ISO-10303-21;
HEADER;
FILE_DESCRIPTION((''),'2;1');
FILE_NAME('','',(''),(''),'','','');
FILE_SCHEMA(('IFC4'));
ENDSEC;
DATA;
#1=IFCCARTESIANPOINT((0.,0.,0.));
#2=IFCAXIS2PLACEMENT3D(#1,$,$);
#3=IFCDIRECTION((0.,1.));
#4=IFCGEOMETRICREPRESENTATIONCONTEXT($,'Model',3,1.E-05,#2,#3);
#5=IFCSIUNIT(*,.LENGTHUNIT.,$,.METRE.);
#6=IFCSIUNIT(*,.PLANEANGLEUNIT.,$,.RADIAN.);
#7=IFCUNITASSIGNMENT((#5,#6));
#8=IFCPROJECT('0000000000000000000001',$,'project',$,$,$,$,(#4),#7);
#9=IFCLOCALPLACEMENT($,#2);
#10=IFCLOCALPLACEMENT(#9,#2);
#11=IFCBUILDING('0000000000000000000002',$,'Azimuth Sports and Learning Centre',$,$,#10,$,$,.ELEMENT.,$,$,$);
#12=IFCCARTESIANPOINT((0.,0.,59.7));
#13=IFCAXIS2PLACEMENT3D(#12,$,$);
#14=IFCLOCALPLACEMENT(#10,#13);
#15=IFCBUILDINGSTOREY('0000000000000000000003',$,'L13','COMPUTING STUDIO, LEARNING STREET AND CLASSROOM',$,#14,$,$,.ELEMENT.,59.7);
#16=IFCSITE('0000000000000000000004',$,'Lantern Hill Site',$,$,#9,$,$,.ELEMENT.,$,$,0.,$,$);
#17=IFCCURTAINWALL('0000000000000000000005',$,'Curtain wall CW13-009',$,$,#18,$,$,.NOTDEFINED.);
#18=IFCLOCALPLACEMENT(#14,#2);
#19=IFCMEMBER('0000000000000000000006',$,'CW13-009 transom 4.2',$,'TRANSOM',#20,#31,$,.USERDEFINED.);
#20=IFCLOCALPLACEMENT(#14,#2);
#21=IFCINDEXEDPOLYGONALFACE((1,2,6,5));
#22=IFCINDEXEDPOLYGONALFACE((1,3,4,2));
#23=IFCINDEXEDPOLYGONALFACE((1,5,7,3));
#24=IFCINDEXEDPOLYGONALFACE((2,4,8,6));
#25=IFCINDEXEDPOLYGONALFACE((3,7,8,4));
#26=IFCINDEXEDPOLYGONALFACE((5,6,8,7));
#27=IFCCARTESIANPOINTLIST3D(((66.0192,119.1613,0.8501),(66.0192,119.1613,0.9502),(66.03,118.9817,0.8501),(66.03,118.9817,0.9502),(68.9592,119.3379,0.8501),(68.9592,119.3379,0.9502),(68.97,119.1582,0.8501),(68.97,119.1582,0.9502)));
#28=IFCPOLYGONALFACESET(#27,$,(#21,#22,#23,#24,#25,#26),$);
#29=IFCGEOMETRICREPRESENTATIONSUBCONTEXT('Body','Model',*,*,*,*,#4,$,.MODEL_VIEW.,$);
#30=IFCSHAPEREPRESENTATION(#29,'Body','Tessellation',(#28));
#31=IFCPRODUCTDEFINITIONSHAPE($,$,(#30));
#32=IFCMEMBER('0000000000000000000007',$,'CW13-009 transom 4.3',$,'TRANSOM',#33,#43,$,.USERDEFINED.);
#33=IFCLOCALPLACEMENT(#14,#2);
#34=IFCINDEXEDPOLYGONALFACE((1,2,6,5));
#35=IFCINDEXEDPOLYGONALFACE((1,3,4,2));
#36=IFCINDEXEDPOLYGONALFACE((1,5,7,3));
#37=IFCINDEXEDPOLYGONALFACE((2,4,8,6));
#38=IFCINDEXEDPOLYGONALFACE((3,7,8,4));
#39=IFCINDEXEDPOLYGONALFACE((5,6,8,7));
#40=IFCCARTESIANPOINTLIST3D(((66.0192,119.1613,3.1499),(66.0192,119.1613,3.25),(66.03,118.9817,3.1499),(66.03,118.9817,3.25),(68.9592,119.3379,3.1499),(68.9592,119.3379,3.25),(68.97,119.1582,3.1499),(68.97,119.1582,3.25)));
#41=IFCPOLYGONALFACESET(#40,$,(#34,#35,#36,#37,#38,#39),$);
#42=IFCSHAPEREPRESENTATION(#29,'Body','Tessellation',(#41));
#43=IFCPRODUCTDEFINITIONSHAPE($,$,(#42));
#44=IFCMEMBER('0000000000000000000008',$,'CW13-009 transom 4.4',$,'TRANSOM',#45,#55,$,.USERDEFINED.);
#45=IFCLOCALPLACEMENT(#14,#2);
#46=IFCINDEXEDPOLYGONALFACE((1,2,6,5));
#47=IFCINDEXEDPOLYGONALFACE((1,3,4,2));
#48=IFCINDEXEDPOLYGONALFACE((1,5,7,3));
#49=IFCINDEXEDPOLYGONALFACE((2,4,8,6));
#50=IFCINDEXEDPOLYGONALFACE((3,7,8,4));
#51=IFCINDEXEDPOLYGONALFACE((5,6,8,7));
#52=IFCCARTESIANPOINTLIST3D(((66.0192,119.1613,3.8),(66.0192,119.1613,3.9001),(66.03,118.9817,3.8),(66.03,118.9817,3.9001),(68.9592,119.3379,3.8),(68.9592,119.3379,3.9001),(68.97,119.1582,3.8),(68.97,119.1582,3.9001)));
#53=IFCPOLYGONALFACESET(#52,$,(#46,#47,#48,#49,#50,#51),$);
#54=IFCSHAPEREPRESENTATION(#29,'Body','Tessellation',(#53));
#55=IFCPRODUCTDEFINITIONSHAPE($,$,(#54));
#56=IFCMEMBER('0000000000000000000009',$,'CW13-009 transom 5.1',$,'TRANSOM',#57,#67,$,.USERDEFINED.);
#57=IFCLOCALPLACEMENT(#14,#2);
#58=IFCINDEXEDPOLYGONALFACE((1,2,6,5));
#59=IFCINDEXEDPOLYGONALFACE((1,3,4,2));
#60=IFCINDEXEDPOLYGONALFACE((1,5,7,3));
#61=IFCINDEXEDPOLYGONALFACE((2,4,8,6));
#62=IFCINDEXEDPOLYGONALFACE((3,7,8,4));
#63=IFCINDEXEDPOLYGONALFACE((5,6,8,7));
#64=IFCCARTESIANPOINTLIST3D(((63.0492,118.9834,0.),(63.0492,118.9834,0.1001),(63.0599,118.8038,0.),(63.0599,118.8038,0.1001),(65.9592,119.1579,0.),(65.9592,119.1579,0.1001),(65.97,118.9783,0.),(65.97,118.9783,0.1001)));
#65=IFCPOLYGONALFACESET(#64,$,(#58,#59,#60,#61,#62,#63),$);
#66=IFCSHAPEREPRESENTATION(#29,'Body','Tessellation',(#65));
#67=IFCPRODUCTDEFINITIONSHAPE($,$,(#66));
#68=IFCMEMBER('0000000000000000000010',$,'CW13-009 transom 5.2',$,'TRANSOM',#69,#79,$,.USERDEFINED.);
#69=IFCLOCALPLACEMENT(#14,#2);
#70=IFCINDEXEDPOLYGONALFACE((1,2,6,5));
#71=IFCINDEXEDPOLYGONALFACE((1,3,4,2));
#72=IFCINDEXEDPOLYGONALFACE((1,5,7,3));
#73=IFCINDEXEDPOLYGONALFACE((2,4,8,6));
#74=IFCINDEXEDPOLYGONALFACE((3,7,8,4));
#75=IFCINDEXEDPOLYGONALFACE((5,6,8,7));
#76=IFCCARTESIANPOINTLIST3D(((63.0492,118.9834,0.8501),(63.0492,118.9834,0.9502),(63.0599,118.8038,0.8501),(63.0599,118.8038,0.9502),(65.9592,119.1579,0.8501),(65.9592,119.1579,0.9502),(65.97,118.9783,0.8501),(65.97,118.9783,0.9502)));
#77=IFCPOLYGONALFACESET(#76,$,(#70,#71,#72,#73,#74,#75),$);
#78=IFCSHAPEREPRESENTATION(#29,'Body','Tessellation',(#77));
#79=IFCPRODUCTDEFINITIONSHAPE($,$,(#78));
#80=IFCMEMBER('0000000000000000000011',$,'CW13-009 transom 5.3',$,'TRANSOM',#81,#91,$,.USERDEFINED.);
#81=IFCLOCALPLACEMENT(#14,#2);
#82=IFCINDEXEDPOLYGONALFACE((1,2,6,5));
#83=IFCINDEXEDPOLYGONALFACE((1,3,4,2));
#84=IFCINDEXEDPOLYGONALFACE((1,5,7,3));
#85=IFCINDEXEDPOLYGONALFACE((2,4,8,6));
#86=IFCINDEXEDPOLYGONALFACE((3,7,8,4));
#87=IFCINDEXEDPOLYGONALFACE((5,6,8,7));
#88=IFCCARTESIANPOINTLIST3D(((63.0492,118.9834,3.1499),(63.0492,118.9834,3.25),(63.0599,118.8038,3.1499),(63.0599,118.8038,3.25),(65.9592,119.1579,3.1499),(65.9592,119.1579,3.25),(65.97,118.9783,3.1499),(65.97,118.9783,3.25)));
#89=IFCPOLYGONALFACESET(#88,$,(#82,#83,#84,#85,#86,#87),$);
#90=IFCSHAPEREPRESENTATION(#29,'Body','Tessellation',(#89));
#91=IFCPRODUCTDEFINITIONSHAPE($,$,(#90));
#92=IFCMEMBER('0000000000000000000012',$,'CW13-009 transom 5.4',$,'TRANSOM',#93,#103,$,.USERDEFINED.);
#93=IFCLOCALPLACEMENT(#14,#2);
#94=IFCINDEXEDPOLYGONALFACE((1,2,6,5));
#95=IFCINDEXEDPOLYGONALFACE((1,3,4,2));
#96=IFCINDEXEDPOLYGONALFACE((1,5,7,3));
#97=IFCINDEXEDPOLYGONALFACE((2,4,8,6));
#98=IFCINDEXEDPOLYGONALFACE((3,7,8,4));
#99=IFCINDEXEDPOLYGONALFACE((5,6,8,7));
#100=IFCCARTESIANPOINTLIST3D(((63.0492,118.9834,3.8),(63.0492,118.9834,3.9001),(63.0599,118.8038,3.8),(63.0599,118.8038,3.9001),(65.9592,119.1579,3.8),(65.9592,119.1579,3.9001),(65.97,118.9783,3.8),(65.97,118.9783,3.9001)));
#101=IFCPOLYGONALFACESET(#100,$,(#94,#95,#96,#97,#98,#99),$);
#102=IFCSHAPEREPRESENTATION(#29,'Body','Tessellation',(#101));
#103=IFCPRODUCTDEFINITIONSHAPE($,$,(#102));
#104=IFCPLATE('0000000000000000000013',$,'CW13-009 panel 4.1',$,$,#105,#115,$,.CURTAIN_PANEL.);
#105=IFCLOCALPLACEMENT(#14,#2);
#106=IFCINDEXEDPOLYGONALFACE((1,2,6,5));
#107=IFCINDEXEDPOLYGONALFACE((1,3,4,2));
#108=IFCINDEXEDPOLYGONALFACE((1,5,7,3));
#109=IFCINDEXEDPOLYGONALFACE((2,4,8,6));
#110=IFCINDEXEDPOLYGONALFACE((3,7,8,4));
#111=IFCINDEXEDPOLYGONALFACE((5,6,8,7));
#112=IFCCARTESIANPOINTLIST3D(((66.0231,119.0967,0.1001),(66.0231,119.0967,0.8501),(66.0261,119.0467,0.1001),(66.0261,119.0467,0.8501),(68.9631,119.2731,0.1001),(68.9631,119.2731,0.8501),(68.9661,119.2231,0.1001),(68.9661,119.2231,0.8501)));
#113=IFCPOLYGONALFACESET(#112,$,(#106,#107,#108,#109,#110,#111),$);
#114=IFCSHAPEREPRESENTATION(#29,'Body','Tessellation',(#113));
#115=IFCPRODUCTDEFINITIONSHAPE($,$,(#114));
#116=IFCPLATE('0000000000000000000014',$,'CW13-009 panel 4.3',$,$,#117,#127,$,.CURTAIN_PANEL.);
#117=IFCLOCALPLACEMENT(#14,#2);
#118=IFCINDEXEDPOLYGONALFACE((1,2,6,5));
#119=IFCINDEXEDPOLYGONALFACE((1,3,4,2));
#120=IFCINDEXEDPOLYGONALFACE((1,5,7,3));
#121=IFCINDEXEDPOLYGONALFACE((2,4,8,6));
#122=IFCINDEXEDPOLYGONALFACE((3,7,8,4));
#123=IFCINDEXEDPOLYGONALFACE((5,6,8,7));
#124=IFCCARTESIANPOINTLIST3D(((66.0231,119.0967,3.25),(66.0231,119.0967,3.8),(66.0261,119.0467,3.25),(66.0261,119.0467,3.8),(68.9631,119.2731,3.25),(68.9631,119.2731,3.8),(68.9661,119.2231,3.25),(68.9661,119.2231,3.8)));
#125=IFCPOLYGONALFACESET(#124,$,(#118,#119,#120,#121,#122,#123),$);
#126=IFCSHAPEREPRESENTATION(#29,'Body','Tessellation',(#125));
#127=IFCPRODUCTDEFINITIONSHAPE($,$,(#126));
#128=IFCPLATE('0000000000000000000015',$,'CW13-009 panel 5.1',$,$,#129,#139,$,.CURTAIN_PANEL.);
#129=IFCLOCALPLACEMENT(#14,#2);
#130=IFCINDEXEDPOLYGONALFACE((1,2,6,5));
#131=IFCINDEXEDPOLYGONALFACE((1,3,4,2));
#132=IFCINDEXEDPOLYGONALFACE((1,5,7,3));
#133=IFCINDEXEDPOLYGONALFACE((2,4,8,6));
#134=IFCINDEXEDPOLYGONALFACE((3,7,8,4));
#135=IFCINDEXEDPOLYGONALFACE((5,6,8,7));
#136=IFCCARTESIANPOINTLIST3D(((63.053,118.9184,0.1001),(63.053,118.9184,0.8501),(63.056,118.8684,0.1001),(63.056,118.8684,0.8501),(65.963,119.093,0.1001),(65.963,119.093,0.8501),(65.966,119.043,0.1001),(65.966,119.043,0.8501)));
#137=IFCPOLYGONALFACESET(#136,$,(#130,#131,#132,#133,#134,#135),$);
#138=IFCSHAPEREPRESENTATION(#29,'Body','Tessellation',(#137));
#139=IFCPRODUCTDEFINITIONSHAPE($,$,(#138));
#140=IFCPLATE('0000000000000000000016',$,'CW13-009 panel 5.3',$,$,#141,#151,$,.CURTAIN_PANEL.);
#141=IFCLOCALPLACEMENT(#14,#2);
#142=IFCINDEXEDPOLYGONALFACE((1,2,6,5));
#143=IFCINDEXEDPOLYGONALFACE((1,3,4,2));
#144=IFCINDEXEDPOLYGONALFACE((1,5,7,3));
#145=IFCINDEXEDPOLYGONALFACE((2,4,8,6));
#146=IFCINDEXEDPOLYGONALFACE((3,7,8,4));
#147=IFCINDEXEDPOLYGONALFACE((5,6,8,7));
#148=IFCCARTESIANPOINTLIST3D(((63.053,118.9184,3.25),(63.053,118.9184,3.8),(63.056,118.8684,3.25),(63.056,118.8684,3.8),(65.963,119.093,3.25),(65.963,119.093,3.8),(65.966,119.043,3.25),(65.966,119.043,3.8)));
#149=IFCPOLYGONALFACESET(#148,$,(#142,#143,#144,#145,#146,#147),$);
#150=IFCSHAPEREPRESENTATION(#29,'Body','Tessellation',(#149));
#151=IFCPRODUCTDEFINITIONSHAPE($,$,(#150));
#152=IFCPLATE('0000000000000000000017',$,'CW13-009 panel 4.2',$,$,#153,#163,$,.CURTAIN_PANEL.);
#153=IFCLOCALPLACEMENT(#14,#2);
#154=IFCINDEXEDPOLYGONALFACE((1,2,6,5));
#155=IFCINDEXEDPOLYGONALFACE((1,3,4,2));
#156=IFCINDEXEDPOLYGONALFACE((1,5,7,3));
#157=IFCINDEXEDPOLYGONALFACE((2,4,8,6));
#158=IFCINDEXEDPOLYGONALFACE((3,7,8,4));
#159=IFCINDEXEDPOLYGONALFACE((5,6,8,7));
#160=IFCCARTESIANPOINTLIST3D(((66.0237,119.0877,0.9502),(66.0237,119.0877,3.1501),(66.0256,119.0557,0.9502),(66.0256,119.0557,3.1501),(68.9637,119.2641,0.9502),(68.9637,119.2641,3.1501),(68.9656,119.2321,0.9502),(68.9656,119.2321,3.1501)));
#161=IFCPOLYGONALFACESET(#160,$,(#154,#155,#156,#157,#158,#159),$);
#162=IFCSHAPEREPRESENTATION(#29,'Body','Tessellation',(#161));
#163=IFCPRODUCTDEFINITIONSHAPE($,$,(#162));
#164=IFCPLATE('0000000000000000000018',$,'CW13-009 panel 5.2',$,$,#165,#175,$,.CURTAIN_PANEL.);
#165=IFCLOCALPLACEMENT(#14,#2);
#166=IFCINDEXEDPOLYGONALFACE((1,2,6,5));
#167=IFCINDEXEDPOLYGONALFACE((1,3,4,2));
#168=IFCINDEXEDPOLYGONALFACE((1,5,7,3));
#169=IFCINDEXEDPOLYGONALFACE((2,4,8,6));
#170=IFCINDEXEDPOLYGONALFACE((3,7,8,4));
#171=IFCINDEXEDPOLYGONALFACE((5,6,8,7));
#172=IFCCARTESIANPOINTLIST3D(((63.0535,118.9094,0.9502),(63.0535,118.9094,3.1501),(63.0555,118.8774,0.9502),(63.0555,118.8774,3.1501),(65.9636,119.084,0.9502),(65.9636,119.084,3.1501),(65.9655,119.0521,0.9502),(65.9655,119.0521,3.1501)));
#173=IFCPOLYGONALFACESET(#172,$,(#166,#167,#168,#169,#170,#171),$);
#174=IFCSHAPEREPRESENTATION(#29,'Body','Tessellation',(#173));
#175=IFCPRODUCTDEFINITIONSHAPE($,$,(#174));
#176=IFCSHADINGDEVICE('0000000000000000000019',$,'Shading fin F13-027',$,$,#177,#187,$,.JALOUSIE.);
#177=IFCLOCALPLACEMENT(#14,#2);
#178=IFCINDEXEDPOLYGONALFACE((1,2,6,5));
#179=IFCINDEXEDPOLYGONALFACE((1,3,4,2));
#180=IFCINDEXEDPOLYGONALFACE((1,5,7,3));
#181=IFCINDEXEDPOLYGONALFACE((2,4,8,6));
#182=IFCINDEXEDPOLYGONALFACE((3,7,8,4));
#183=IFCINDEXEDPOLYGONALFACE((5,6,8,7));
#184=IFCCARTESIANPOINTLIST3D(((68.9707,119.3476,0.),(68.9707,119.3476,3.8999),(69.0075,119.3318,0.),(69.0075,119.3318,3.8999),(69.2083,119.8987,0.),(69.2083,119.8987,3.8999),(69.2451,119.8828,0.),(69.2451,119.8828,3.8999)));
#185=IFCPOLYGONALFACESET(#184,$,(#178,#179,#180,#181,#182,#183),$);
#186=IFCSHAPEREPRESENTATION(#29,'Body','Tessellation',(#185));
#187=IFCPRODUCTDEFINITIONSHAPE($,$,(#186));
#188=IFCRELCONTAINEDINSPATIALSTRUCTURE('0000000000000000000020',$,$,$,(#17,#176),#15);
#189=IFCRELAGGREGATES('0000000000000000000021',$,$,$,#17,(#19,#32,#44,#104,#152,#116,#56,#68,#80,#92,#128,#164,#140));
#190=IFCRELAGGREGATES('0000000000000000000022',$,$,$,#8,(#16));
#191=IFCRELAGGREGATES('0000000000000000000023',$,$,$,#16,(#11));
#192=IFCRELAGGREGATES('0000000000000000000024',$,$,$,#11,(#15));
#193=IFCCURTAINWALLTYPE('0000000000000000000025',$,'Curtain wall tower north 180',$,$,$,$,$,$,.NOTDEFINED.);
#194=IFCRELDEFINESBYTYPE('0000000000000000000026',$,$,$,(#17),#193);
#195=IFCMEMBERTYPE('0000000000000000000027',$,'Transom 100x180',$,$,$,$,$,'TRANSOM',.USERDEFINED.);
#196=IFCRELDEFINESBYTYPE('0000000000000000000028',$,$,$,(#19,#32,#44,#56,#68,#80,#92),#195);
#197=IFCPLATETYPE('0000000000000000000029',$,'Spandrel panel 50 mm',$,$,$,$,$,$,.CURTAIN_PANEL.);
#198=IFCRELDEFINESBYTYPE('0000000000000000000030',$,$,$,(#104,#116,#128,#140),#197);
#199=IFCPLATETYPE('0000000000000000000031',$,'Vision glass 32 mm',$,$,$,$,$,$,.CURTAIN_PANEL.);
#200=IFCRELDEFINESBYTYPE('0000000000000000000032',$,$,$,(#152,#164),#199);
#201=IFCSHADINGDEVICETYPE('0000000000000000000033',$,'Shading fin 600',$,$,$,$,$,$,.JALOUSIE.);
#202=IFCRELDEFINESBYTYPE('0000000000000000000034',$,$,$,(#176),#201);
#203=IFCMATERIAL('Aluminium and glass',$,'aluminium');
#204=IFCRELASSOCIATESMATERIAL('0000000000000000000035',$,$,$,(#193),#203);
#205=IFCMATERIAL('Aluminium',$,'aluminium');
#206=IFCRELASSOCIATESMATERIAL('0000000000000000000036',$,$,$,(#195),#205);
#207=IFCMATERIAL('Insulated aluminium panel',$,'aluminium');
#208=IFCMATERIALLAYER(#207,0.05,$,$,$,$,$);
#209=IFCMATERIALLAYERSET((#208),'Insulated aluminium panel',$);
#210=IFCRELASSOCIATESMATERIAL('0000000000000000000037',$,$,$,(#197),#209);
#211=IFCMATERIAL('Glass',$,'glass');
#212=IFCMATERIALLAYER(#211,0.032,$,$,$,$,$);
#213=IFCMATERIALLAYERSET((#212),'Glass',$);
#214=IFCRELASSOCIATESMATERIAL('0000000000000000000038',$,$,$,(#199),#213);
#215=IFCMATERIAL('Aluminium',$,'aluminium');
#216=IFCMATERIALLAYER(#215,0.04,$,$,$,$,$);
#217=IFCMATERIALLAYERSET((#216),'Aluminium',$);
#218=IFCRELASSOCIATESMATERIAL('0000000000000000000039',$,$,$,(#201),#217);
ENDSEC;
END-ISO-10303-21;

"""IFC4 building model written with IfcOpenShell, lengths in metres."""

from ifc_helpers import new_model, si_unit, direction, frame, origin, origin_2d, place, context, subcontext, project, spatial, rectangle, extrude, material, layer, layer_set, material_profile, profile_set, type_object, element, aggregate, save


model = new_model("IFC4")

# Units and contexts
model_context = context("Model", 3, precision=1e-05, world=origin(), true_north=direction((0.0, 1.0)))
body_context = subcontext(model_context, "Body", "Model", "MODEL_VIEW")
ifc_project = project(units=[si_unit("LENGTHUNIT", "METRE"), si_unit("PLANEANGLEUNIT", "RADIAN")], contexts=[model_context])

# Site, building, storey
site_placement = place(None, origin())
site = spatial("IfcSite", under=ifc_project, at=site_placement, Name="Lantern Hill Site", CompositionType="ELEMENT", RefElevation=0.0)
building_placement = place(site_placement, origin())
building = spatial("IfcBuilding", under=site, at=building_placement, Name="Azimuth Sports and Learning Centre", CompositionType="ELEMENT")
storey_placement = place(building_placement, frame((0.0, 0.0, 59.7)))
storey = spatial("IfcBuildingStorey", under=building, at=storey_placement, Name="L13", Description="COMPUTING STUDIO, LEARNING STREET AND CLASSROOM", CompositionType="ELEMENT", Elevation=59.7)

# Curtain wall, members, plates
ifc_material_1 = material(Name="Aluminium and glass", Category="aluminium")
curtain_wall_type = type_object("IfcCurtainWallType", Name="Curtain wall tower north 180", PredefinedType="NOTDEFINED", material=ifc_material_1)
curtain_wall_placement = place(storey_placement, origin())
curtain_wall = element("IfcCurtainWall", 1, at=curtain_wall_placement, inside=storey, type_object=curtain_wall_type, Name="Curtain wall CW13-009", PredefinedType="NOTDEFINED")
ifc_material_2 = material(Name="Aluminium", Category="aluminium")
ifc_material_profile_1 = material_profile(ifc_material_2, rectangle(XDim=0.1799, YDim=0.1001, at=origin_2d()), Name="Transom 100x180")
ifc_profile_set_1 = profile_set([ifc_material_profile_1], Name="Aluminium")
member_type_1 = type_object("IfcMemberType", Name="Transom 100x180", ElementType="TRANSOM", PredefinedType="USERDEFINED", material=ifc_profile_set_1)
member_1_placement = place(storey_placement, frame((68.9646, 119.248, 0.9001), z_axis=(-0.998202, -0.059932, 0.0), x_axis=(0.059932, -0.998202, 0.0)))
member_1 = element("IfcMember", 2, at=member_1_placement, type_object=member_type_1, Name="CW13-009 transom 4.2", ObjectType="TRANSOM", PredefinedType="USERDEFINED", context=body_context, shape_type="SweptSolid", body=[
    extrude(rectangle(XDim=0.1799, YDim=0.1001, at=origin_2d()), origin(), (0.0, 0.0, 1.0), 2.9453),
])
member_2_placement = place(storey_placement, frame((68.9646, 119.248, 3.2), z_axis=(-0.998202, -0.059932, 0.0), x_axis=(0.059932, -0.998202, 0.0)))
member_2 = element("IfcMember", 3, at=member_2_placement, type_object=member_type_1, Name="CW13-009 transom 4.3", ObjectType="TRANSOM", PredefinedType="USERDEFINED", context=body_context, shape_type="SweptSolid", body=[
    extrude(rectangle(XDim=0.1799, YDim=0.1001, at=origin_2d()), origin(), (0.0, 0.0, 1.0), 2.9453),
])
member_3_placement = place(storey_placement, frame((68.9646, 119.248, 3.8501), z_axis=(-0.998202, -0.059932, 0.0), x_axis=(0.059932, -0.998202, 0.0)))
member_3 = element("IfcMember", 4, at=member_3_placement, type_object=member_type_1, Name="CW13-009 transom 4.4", ObjectType="TRANSOM", PredefinedType="USERDEFINED", context=body_context, shape_type="SweptSolid", body=[
    extrude(rectangle(XDim=0.1799, YDim=0.1001, at=origin_2d()), origin(), (0.0, 0.0, 1.0), 2.9453),
])
member_4_placement = place(storey_placement, frame((65.9646, 119.0681, 0.05), z_axis=(-0.998206, -0.059876, 0.0), x_axis=(0.059876, -0.998206, 0.0)))
member_4 = element("IfcMember", 5, at=member_4_placement, type_object=member_type_1, Name="CW13-009 transom 5.1", ObjectType="TRANSOM", PredefinedType="USERDEFINED", context=body_context, shape_type="SweptSolid", body=[
    extrude(rectangle(XDim=0.1799, YDim=0.1001, at=origin_2d()), origin(), (0.0, 0.0, 1.0), 2.9153),
])
member_5_placement = place(storey_placement, frame((65.9646, 119.0681, 0.9001), z_axis=(-0.998206, -0.059876, 0.0), x_axis=(0.059876, -0.998206, 0.0)))
member_5 = element("IfcMember", 6, at=member_5_placement, type_object=member_type_1, Name="CW13-009 transom 5.2", ObjectType="TRANSOM", PredefinedType="USERDEFINED", context=body_context, shape_type="SweptSolid", body=[
    extrude(rectangle(XDim=0.1799, YDim=0.1001, at=origin_2d()), origin(), (0.0, 0.0, 1.0), 2.9153),
])
member_6_placement = place(storey_placement, frame((65.9646, 119.0681, 3.2), z_axis=(-0.998206, -0.059876, 0.0), x_axis=(0.059876, -0.998206, 0.0)))
member_6 = element("IfcMember", 7, at=member_6_placement, type_object=member_type_1, Name="CW13-009 transom 5.3", ObjectType="TRANSOM", PredefinedType="USERDEFINED", context=body_context, shape_type="SweptSolid", body=[
    extrude(rectangle(XDim=0.1799, YDim=0.1001, at=origin_2d()), origin(), (0.0, 0.0, 1.0), 2.9153),
])
member_7_placement = place(storey_placement, frame((65.9646, 119.0681, 3.8501), z_axis=(-0.998206, -0.059876, 0.0), x_axis=(0.059876, -0.998206, 0.0)))
member_7 = element("IfcMember", 8, at=member_7_placement, type_object=member_type_1, Name="CW13-009 transom 5.4", ObjectType="TRANSOM", PredefinedType="USERDEFINED", context=body_context, shape_type="SweptSolid", body=[
    extrude(rectangle(XDim=0.1799, YDim=0.1001, at=origin_2d()), origin(), (0.0, 0.0, 1.0), 2.9153),
])
ifc_material_3 = material(Name="Insulated aluminium panel", Category="aluminium")
ifc_layer_1 = layer(ifc_material_3, 0.05)
ifc_layer_set_1 = layer_set([ifc_layer_1], Name="Insulated aluminium panel")
plate_type_1 = type_object("IfcPlateType", Name="Spandrel panel 50 mm", PredefinedType="CURTAIN_PANEL", material=ifc_layer_set_1)
plate_1_placement = place(storey_placement, frame((67.4946, 119.1599, 0.1001), z_axis=(0.0, 0.0, 1.0), x_axis=(-0.998205, -0.059892, 0.0)))
plate_1 = element("IfcPlate", 9, at=plate_1_placement, type_object=plate_type_1, Name="CW13-009 panel 4.1", PredefinedType="CURTAIN_PANEL", context=body_context, shape_type="SweptSolid", body=[
    extrude(rectangle(XDim=2.9453, YDim=0.05, at=origin_2d()), origin(), (0.0, 0.0, 1.0), 0.75),
])
plate_2_placement = place(storey_placement, frame((67.4946, 119.1599, 3.25), z_axis=(0.0, 0.0, 1.0), x_axis=(-0.998205, -0.059892, 0.0)))
plate_2 = element("IfcPlate", 10, at=plate_2_placement, type_object=plate_type_1, Name="CW13-009 panel 4.3", PredefinedType="CURTAIN_PANEL", context=body_context, shape_type="SweptSolid", body=[
    extrude(rectangle(XDim=2.9453, YDim=0.05, at=origin_2d()), origin(), (0.0, 0.0, 1.0), 0.55),
])
plate_3_placement = place(storey_placement, frame((64.5095, 118.9807, 0.1001), z_axis=(0.0, 0.0, 1.0), x_axis=(-0.998205, -0.059892, 0.0)))
plate_3 = element("IfcPlate", 11, at=plate_3_placement, type_object=plate_type_1, Name="CW13-009 panel 5.1", PredefinedType="CURTAIN_PANEL", context=body_context, shape_type="SweptSolid", body=[
    extrude(rectangle(XDim=2.9153, YDim=0.05, at=origin_2d()), origin(), (0.0, 0.0, 1.0), 0.75),
])
plate_4_placement = place(storey_placement, frame((64.5095, 118.9807, 3.25), z_axis=(0.0, 0.0, 1.0), x_axis=(-0.998205, -0.059892, 0.0)))
plate_4 = element("IfcPlate", 12, at=plate_4_placement, type_object=plate_type_1, Name="CW13-009 panel 5.3", PredefinedType="CURTAIN_PANEL", context=body_context, shape_type="SweptSolid", body=[
    extrude(rectangle(XDim=2.9153, YDim=0.05, at=origin_2d()), origin(), (0.0, 0.0, 1.0), 0.55),
])
ifc_material_4 = material(Name="Glass", Category="glass")
ifc_layer_2 = layer(ifc_material_4, 0.032)
ifc_layer_set_2 = layer_set([ifc_layer_2], Name="Glass")
plate_type_2 = type_object("IfcPlateType", Name="Vision glass 32 mm", PredefinedType="CURTAIN_PANEL", material=ifc_layer_set_2)
plate_5_placement = place(storey_placement, frame((67.4946, 119.1599, 0.9502), z_axis=(0.0, 0.0, 1.0), x_axis=(-0.998205, -0.059892, 0.0)))
plate_5 = element("IfcPlate", 13, at=plate_5_placement, type_object=plate_type_2, Name="CW13-009 panel 4.2", PredefinedType="CURTAIN_PANEL", context=body_context, shape_type="SweptSolid", body=[
    extrude(rectangle(XDim=2.9453, YDim=0.032, at=origin_2d()), origin(), (0.0, 0.0, 1.0), 2.2),
])
plate_6_placement = place(storey_placement, frame((64.5095, 118.9807, 0.9502), z_axis=(0.0, 0.0, 1.0), x_axis=(-0.998205, -0.059892, 0.0)))
plate_6 = element("IfcPlate", 14, at=plate_6_placement, type_object=plate_type_2, Name="CW13-009 panel 5.2", PredefinedType="CURTAIN_PANEL", context=body_context, shape_type="SweptSolid", body=[
    extrude(rectangle(XDim=2.9153, YDim=0.032, at=origin_2d()), origin(), (0.0, 0.0, 1.0), 2.2),
])
aggregate(curtain_wall, [member_1, member_2, member_3, plate_1, plate_5, plate_2, member_4, member_5, member_6, member_7, plate_3, plate_6, plate_4])

# Shading device
ifc_material_5 = material(Name="Aluminium", Category="aluminium")
ifc_layer_3 = layer(ifc_material_5, 0.04)
ifc_layer_set_3 = layer_set([ifc_layer_3], Name="Aluminium")
shading_device_type = type_object("IfcShadingDeviceType", Name="Shading fin 600", PredefinedType="JALOUSIE", material=ifc_layer_set_3)
for number, where, z_axis, x_axis, name in (
    (15, (69.1079, 119.6152, 0.0), (0.0, 0.0, 1.0), (0.39586, 0.918311, 0.0), "Shading fin F13-027"),
):
    element("IfcShadingDevice", number, at=place(storey_placement, frame(where, z_axis=z_axis, x_axis=x_axis)), inside=storey, type_object=shading_device_type, Name=name, PredefinedType="JALOUSIE", context=body_context, shape_type="SweptSolid", body=[
        extrude(rectangle(XDim=0.6001, YDim=0.04, at=origin_2d()), origin(), (0.0, 0.0, 1.0), 3.8999),
    ])

save(model, "model.ifc")
